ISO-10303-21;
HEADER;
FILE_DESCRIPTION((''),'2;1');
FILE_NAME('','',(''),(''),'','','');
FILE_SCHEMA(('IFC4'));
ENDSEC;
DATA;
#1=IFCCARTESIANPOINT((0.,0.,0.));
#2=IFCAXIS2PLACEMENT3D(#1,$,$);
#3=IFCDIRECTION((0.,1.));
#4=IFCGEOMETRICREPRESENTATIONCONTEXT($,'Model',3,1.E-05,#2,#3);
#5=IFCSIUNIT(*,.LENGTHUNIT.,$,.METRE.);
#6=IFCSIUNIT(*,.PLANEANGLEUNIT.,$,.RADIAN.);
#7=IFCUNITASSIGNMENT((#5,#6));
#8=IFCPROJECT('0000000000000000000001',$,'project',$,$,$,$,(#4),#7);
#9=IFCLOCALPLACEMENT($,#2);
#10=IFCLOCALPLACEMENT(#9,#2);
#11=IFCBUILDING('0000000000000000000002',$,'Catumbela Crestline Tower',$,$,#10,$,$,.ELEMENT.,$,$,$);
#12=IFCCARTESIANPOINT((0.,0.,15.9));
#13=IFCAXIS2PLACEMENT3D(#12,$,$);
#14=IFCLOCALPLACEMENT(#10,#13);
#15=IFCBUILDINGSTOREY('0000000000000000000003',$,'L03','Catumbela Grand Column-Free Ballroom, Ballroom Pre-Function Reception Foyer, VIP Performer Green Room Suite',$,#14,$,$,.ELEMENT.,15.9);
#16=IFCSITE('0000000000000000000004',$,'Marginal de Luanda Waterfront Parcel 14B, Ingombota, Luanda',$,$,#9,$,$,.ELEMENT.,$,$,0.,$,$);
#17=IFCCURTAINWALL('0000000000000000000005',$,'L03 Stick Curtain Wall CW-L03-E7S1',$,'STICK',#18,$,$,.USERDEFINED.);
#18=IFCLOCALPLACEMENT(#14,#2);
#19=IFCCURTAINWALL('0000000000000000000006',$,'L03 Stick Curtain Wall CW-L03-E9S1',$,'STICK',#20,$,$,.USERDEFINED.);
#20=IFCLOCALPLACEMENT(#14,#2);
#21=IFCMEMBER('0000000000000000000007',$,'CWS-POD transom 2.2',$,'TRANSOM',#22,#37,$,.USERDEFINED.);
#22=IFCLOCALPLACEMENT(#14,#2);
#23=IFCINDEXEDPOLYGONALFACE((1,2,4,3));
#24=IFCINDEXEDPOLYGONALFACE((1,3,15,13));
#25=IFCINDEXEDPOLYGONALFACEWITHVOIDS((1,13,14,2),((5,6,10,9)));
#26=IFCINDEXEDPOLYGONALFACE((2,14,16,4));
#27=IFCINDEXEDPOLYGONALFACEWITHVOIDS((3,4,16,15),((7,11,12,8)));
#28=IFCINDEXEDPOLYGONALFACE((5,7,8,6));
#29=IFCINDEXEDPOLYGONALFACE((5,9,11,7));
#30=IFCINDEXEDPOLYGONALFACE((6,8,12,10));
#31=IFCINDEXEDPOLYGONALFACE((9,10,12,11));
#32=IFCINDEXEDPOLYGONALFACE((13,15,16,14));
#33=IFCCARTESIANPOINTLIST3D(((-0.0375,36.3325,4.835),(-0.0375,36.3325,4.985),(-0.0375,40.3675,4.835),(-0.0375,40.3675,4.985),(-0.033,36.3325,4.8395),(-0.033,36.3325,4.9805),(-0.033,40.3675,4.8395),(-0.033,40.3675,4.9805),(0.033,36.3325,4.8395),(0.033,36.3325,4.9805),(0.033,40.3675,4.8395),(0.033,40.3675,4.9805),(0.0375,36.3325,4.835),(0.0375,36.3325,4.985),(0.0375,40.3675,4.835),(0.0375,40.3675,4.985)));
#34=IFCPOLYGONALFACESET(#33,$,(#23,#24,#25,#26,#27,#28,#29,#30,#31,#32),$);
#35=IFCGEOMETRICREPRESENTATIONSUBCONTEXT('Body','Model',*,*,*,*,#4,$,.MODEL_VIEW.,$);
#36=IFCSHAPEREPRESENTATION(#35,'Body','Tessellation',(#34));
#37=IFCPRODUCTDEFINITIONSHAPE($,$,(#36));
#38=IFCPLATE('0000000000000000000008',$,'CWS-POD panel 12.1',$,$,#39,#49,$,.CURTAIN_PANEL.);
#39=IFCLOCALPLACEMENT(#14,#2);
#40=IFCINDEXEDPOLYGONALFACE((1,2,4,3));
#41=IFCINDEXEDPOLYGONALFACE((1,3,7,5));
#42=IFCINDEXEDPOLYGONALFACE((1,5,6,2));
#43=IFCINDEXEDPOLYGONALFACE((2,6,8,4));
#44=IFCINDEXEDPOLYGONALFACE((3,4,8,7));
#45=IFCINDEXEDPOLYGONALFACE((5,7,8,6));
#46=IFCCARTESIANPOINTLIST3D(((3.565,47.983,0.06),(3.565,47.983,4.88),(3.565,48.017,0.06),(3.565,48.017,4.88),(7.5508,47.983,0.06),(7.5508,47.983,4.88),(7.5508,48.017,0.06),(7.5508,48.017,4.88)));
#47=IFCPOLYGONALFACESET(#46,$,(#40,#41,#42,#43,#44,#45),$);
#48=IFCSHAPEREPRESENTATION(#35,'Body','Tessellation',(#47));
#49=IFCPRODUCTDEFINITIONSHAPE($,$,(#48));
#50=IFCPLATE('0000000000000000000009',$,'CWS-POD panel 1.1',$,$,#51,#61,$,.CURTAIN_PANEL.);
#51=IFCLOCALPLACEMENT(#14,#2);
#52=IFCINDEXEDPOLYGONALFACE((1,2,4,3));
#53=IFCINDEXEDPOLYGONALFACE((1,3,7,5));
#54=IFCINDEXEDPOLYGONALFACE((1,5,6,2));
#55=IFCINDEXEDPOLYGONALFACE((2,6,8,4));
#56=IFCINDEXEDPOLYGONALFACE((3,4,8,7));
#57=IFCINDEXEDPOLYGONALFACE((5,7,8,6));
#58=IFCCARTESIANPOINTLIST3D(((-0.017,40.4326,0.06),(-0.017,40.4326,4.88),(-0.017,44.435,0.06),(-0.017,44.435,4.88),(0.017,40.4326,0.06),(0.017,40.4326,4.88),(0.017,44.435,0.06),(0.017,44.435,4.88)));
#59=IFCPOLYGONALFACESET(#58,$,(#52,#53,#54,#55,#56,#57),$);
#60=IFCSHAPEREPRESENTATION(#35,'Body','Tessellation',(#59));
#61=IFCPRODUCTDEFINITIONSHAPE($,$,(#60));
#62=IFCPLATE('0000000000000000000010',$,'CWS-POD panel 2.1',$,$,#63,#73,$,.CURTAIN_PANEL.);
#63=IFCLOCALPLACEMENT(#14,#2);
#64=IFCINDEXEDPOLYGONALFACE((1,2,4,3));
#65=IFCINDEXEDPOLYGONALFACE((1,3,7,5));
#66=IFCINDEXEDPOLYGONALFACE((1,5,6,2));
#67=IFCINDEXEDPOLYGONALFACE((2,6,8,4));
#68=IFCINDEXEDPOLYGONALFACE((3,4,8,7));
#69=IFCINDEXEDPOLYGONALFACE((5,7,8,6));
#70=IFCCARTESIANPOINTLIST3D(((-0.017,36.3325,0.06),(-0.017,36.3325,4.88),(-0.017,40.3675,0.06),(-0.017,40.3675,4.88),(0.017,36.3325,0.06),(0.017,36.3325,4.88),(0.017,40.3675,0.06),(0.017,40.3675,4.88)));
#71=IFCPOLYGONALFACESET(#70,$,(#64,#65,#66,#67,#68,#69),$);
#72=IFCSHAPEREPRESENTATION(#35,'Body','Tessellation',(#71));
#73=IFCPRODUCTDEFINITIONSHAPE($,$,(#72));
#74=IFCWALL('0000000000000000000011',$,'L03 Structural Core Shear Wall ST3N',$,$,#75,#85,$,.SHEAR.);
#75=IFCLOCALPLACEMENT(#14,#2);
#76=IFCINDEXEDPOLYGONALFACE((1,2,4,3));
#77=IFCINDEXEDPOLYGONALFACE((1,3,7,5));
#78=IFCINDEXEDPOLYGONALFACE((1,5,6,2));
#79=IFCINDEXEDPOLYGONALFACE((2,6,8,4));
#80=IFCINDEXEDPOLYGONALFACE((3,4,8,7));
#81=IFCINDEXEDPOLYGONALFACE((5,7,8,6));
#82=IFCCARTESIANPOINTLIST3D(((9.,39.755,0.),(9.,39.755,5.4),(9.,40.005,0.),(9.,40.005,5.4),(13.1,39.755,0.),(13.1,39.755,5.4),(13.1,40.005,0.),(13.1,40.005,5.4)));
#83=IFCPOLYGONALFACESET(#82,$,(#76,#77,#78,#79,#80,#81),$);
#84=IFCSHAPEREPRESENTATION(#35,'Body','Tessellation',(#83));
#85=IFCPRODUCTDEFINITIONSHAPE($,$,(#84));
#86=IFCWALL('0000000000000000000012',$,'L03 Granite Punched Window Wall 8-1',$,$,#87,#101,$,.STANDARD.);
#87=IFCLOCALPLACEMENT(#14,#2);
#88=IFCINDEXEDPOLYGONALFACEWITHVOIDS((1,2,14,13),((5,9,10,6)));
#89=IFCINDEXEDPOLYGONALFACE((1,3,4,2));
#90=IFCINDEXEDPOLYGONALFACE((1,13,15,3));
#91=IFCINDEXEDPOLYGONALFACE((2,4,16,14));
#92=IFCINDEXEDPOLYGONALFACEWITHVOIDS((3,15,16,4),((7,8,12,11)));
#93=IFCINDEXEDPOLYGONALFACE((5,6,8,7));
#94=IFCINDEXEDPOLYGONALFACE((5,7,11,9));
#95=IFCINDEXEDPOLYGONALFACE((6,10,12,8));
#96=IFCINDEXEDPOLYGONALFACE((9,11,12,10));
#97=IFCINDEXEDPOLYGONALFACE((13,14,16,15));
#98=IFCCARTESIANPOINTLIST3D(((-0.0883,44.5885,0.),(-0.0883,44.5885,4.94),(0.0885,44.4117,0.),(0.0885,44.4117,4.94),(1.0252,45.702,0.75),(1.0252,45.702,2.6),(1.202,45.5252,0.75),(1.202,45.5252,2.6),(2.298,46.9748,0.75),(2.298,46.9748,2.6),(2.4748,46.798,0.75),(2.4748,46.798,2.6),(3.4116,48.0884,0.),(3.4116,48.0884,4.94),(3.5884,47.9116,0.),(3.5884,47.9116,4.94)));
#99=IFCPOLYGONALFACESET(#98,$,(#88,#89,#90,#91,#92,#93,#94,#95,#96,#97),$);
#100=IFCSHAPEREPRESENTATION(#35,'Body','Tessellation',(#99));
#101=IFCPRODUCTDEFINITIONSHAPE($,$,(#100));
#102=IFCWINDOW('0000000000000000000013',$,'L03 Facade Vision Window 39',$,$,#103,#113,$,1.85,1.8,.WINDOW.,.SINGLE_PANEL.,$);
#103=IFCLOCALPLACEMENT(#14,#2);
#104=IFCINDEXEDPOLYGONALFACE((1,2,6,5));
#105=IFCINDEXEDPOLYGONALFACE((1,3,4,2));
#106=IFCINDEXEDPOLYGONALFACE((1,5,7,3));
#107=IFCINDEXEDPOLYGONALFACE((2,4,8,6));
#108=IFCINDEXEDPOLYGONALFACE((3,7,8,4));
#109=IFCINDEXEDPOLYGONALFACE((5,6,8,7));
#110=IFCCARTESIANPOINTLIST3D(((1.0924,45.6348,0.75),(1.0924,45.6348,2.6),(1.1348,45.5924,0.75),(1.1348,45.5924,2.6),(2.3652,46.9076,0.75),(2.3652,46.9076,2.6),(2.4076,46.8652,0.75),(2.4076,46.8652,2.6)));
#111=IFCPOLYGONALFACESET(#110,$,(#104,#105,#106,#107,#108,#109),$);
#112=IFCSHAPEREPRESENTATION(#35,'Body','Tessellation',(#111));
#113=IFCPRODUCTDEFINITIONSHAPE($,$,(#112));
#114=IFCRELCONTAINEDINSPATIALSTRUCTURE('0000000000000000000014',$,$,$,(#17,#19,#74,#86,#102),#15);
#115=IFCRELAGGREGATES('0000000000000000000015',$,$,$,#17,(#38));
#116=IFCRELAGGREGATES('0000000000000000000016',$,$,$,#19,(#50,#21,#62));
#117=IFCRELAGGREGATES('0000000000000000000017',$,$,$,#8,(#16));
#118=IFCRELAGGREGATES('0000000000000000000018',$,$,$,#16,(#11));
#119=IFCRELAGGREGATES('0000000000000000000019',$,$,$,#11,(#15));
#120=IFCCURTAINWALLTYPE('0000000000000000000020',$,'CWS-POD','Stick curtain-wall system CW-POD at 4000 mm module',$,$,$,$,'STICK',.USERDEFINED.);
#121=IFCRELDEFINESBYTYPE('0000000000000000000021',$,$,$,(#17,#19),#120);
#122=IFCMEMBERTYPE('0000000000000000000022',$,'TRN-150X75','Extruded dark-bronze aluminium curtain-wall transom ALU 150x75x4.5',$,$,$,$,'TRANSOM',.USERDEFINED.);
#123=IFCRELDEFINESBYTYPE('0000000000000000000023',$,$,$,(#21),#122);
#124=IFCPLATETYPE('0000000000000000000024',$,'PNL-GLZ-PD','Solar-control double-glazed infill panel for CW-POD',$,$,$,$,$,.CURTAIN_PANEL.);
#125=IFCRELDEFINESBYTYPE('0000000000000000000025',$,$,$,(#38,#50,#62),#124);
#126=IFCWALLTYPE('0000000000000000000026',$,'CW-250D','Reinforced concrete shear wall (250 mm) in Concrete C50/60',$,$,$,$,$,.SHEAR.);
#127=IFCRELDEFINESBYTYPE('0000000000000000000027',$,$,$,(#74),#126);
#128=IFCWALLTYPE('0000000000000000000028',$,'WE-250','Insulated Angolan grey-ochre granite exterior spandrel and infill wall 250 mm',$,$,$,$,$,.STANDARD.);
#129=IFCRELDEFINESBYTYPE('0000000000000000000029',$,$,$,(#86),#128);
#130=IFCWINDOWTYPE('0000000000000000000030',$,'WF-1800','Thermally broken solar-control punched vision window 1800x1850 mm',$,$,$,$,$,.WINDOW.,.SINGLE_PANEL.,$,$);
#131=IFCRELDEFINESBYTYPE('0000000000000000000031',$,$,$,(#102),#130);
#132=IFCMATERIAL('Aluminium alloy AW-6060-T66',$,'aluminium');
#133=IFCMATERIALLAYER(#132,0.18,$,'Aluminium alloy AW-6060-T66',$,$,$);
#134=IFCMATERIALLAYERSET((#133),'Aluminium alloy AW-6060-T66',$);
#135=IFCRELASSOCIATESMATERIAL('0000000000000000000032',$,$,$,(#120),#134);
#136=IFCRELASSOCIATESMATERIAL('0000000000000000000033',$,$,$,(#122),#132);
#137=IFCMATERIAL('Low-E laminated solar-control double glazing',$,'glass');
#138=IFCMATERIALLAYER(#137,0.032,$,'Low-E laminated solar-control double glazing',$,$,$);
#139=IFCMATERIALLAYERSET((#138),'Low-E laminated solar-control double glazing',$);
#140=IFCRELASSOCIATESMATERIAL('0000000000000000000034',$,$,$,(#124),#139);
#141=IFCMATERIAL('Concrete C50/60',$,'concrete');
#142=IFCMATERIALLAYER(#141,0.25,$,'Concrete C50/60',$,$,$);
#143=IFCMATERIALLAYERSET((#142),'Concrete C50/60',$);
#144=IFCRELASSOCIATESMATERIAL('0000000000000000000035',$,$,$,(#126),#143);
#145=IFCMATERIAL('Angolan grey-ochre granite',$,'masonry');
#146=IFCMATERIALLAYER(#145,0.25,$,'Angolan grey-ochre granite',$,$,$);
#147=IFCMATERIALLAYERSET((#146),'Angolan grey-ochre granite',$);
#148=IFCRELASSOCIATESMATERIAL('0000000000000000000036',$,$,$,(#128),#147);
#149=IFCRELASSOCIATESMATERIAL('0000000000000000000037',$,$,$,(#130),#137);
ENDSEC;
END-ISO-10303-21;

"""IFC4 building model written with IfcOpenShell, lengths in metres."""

from ifc_helpers import new_model, si_unit, direction, frame, frame_2d, origin, origin_2d, place, context, subcontext, project, spatial, rectangle, hollow_rectangle, extrude, material, layer, layer_set, material_profile, profile_set, type_object, element, fill, aggregate, save


model = new_model("IFC4")

# Units and contexts
model_context = context("Model", 3, precision=1e-05, world=origin(), true_north=direction((0.0, 1.0)))
body_context = subcontext(model_context, "Body", "Model", "MODEL_VIEW")
ifc_project = project(units=[si_unit("LENGTHUNIT", "METRE"), si_unit("PLANEANGLEUNIT", "RADIAN")], contexts=[model_context])

# Site, building, storey
site_placement = place(None, origin())
site = spatial("IfcSite", under=ifc_project, at=site_placement, Name="Marginal de Luanda Waterfront Parcel 14B, Ingombota, Luanda", CompositionType="ELEMENT", RefElevation=0.0)
building_placement = place(site_placement, origin())
building = spatial("IfcBuilding", under=site, at=building_placement, Name="Catumbela Crestline Tower", CompositionType="ELEMENT")
storey_placement = place(building_placement, frame((0.0, 0.0, 15.9)))
storey = spatial("IfcBuildingStorey", under=building, at=storey_placement, Name="L03", Description="Catumbela Grand Column-Free Ballroom, Ballroom Pre-Function Reception Foyer, VIP Performer Green Room Suite", CompositionType="ELEMENT", Elevation=15.9)

# Curtain walls
ifc_material_1 = material(Name="Aluminium alloy AW-6060-T66", Category="aluminium")
ifc_layer_1 = layer(ifc_material_1, 0.18, Name="Aluminium alloy AW-6060-T66")
ifc_layer_set_1 = layer_set([ifc_layer_1], Name="Aluminium alloy AW-6060-T66")
curtain_wall_type = type_object("IfcCurtainWallType", Name="CWS-POD", Description="Stick curtain-wall system CW-POD at 4000 mm module", ElementType="STICK", PredefinedType="USERDEFINED", material=ifc_layer_set_1)
curtain_wall_1_placement = place(storey_placement, origin())
curtain_wall_1 = element("IfcCurtainWall", 1, at=curtain_wall_1_placement, inside=storey, type_object=curtain_wall_type, Name="L03 Stick Curtain Wall CW-L03-E7S1", ObjectType="STICK", PredefinedType="USERDEFINED")
curtain_wall_2_placement = place(storey_placement, origin())
curtain_wall_2 = element("IfcCurtainWall", 2, at=curtain_wall_2_placement, inside=storey, type_object=curtain_wall_type, Name="L03 Stick Curtain Wall CW-L03-E9S1", ObjectType="STICK", PredefinedType="USERDEFINED")

# Member
ifc_material_profile_1 = material_profile(ifc_material_1, hollow_rectangle(XDim=0.075, YDim=0.15, WallThickness=0.0045, at=origin_2d()), Name="ALU 150x75x4.5")
ifc_profile_set_1 = profile_set([ifc_material_profile_1], Name="Aluminium alloy AW-6060-T66")
member_type_1 = type_object("IfcMemberType", Name="TRN-150X75", Description="Extruded dark-bronze aluminium curtain-wall transom ALU 150x75x4.5", ElementType="TRANSOM", PredefinedType="USERDEFINED", material=ifc_profile_set_1)
member_1_placement = place(storey_placement, frame((0.0, 40.3675, 4.91), z_axis=(0.0, -1.0, 0.0), x_axis=(1.0, 0.0, 0.0)))
member_1 = element("IfcMember", 3, at=member_1_placement, type_object=member_type_1, Name="CWS-POD transom 2.2", ObjectType="TRANSOM", PredefinedType="USERDEFINED", context=body_context, shape_type="SweptSolid", body=[
    extrude(hollow_rectangle(XDim=0.075, YDim=0.15, WallThickness=0.0045, at=origin_2d()), origin(), (0.0, 0.0, 1.0), 4.035),
])

# Plates
ifc_material_2 = material(Name="Low-E laminated solar-control double glazing", Category="glass")
ifc_layer_2 = layer(ifc_material_2, 0.032, Name="Low-E laminated solar-control double glazing")
ifc_layer_set_2 = layer_set([ifc_layer_2], Name="Low-E laminated solar-control double glazing")
plate_type = type_object("IfcPlateType", Name="PNL-GLZ-PD", Description="Solar-control double-glazed infill panel for CW-POD", PredefinedType="CURTAIN_PANEL", material=ifc_layer_set_2)
plate_1_placement = place(storey_placement, frame((5.5579, 48.0, 0.06), z_axis=(0.0, 0.0, 1.0), x_axis=(-1.0, 0.0, 0.0)))
plate_1 = element("IfcPlate", 4, at=plate_1_placement, type_object=plate_type, Name="CWS-POD panel 12.1", PredefinedType="CURTAIN_PANEL", context=body_context, shape_type="SweptSolid", body=[
    extrude(rectangle(XDim=3.9858, YDim=0.034, at=origin_2d()), origin(), (0.0, 0.0, 1.0), 4.82),
])
aggregate(curtain_wall_1, [plate_1])
plate_2_placement = place(storey_placement, frame((0.0, 42.4338, 0.06), z_axis=(0.0, 0.0, 1.0), x_axis=(0.0, -1.0, 0.0)))
plate_2 = element("IfcPlate", 5, at=plate_2_placement, type_object=plate_type, Name="CWS-POD panel 1.1", PredefinedType="CURTAIN_PANEL", context=body_context, shape_type="SweptSolid", body=[
    extrude(rectangle(XDim=4.0025, YDim=0.034, at=origin_2d()), origin(), (0.0, 0.0, 1.0), 4.82),
])
plate_3_placement = place(storey_placement, frame((0.0, 38.35, 0.06), z_axis=(0.0, 0.0, 1.0), x_axis=(0.0, -1.0, 0.0)))
plate_3 = element("IfcPlate", 6, at=plate_3_placement, type_object=plate_type, Name="CWS-POD panel 2.1", PredefinedType="CURTAIN_PANEL", context=body_context, shape_type="SweptSolid", body=[
    extrude(rectangle(XDim=4.035, YDim=0.034, at=origin_2d()), origin(), (0.0, 0.0, 1.0), 4.82),
])
aggregate(curtain_wall_2, [plate_2, member_1, plate_3])

# Wall
ifc_material_3 = material(Name="Concrete C50/60", Category="concrete")
ifc_layer_3 = layer(ifc_material_3, 0.25, Name="Concrete C50/60")
ifc_layer_set_3 = layer_set([ifc_layer_3], Name="Concrete C50/60")
wall_type_1 = type_object("IfcWallType", Name="CW-250D", Description="Reinforced concrete shear wall (250 mm) in Concrete C50/60", PredefinedType="SHEAR", material=ifc_layer_set_3)
wall_1_placement = place(storey_placement, frame((9.0, 39.88, 0.0), z_axis=(0.0, 0.0, 1.0), x_axis=(1.0, 0.0, 0.0)))
element("IfcWall", 7, at=wall_1_placement, inside=storey, type_object=wall_type_1, Name="L03 Structural Core Shear Wall ST3N", PredefinedType="SHEAR", context=body_context, shape_type="SweptSolid", body=[
    extrude(rectangle(XDim=4.1, YDim=0.25, at=frame_2d((2.05, 0.0))), origin(), (0.0, 0.0, 1.0), 5.4),
])

# Wall, opening, window
ifc_material_4 = material(Name="Angolan grey-ochre granite", Category="masonry")
ifc_layer_4 = layer(ifc_material_4, 0.25, Name="Angolan grey-ochre granite")
ifc_layer_set_4 = layer_set([ifc_layer_4], Name="Angolan grey-ochre granite")
wall_type_2 = type_object("IfcWallType", Name="WE-250", Description="Insulated Angolan grey-ochre granite exterior spandrel and infill wall 250 mm", PredefinedType="STANDARD", material=ifc_layer_set_4)
wall_2_placement = place(storey_placement, frame((3.5, 48.0, 0.0), z_axis=(0.0, 0.0, 1.0), x_axis=(-0.707107, -0.707107, 0.0)))
wall_2 = element("IfcWall", 8, at=wall_2_placement, inside=storey, type_object=wall_type_2, Name="L03 Granite Punched Window Wall 8-1", PredefinedType="STANDARD", context=body_context, shape_type="SweptSolid", body=[
    extrude(rectangle(XDim=4.9497, YDim=0.25, at=frame_2d((2.4748, 0.0))), origin(), (0.0, 0.0, 1.0), 4.94),
])
opening_placement = place(wall_2_placement, frame((1.5749, 0.0, 0.75)))
opening = element("IfcOpeningElement", 9, at=opening_placement, cuts=wall_2, PredefinedType="OPENING", context=body_context, shape_type="SweptSolid", body=[
    extrude(rectangle(XDim=1.8, YDim=1.85, at=frame_2d((0.9, 0.925))), frame((0.0, 0.135, 0.0), z_axis=(0.0, -1.0, 0.0), x_axis=(1.0, 0.0, 0.0)), (0.0, 0.0, 1.0), 0.27),
])
window_type = type_object("IfcWindowType", Name="WF-1800", Description="Thermally broken solar-control punched vision window 1800x1850 mm", PartitioningType="SINGLE_PANEL", PredefinedType="WINDOW", material=ifc_material_2)
window_placement = place(opening_placement, origin())
window = element("IfcWindow", 10, at=window_placement, inside=storey, type_object=window_type, Name="L03 Facade Vision Window 39", OverallHeight=1.85, OverallWidth=1.8, PartitioningType="SINGLE_PANEL", PredefinedType="WINDOW", context=body_context, shape_type="SweptSolid", body=[
    extrude(rectangle(XDim=1.8, YDim=1.85, at=frame_2d((0.9, 0.925))), frame((0.0, 0.03, 0.0), z_axis=(0.0, -1.0, 0.0), x_axis=(1.0, 0.0, 0.0)), (0.0, 0.0, 1.0), 0.06),
])
fill(opening, window)

save(model, "model.ifc")
